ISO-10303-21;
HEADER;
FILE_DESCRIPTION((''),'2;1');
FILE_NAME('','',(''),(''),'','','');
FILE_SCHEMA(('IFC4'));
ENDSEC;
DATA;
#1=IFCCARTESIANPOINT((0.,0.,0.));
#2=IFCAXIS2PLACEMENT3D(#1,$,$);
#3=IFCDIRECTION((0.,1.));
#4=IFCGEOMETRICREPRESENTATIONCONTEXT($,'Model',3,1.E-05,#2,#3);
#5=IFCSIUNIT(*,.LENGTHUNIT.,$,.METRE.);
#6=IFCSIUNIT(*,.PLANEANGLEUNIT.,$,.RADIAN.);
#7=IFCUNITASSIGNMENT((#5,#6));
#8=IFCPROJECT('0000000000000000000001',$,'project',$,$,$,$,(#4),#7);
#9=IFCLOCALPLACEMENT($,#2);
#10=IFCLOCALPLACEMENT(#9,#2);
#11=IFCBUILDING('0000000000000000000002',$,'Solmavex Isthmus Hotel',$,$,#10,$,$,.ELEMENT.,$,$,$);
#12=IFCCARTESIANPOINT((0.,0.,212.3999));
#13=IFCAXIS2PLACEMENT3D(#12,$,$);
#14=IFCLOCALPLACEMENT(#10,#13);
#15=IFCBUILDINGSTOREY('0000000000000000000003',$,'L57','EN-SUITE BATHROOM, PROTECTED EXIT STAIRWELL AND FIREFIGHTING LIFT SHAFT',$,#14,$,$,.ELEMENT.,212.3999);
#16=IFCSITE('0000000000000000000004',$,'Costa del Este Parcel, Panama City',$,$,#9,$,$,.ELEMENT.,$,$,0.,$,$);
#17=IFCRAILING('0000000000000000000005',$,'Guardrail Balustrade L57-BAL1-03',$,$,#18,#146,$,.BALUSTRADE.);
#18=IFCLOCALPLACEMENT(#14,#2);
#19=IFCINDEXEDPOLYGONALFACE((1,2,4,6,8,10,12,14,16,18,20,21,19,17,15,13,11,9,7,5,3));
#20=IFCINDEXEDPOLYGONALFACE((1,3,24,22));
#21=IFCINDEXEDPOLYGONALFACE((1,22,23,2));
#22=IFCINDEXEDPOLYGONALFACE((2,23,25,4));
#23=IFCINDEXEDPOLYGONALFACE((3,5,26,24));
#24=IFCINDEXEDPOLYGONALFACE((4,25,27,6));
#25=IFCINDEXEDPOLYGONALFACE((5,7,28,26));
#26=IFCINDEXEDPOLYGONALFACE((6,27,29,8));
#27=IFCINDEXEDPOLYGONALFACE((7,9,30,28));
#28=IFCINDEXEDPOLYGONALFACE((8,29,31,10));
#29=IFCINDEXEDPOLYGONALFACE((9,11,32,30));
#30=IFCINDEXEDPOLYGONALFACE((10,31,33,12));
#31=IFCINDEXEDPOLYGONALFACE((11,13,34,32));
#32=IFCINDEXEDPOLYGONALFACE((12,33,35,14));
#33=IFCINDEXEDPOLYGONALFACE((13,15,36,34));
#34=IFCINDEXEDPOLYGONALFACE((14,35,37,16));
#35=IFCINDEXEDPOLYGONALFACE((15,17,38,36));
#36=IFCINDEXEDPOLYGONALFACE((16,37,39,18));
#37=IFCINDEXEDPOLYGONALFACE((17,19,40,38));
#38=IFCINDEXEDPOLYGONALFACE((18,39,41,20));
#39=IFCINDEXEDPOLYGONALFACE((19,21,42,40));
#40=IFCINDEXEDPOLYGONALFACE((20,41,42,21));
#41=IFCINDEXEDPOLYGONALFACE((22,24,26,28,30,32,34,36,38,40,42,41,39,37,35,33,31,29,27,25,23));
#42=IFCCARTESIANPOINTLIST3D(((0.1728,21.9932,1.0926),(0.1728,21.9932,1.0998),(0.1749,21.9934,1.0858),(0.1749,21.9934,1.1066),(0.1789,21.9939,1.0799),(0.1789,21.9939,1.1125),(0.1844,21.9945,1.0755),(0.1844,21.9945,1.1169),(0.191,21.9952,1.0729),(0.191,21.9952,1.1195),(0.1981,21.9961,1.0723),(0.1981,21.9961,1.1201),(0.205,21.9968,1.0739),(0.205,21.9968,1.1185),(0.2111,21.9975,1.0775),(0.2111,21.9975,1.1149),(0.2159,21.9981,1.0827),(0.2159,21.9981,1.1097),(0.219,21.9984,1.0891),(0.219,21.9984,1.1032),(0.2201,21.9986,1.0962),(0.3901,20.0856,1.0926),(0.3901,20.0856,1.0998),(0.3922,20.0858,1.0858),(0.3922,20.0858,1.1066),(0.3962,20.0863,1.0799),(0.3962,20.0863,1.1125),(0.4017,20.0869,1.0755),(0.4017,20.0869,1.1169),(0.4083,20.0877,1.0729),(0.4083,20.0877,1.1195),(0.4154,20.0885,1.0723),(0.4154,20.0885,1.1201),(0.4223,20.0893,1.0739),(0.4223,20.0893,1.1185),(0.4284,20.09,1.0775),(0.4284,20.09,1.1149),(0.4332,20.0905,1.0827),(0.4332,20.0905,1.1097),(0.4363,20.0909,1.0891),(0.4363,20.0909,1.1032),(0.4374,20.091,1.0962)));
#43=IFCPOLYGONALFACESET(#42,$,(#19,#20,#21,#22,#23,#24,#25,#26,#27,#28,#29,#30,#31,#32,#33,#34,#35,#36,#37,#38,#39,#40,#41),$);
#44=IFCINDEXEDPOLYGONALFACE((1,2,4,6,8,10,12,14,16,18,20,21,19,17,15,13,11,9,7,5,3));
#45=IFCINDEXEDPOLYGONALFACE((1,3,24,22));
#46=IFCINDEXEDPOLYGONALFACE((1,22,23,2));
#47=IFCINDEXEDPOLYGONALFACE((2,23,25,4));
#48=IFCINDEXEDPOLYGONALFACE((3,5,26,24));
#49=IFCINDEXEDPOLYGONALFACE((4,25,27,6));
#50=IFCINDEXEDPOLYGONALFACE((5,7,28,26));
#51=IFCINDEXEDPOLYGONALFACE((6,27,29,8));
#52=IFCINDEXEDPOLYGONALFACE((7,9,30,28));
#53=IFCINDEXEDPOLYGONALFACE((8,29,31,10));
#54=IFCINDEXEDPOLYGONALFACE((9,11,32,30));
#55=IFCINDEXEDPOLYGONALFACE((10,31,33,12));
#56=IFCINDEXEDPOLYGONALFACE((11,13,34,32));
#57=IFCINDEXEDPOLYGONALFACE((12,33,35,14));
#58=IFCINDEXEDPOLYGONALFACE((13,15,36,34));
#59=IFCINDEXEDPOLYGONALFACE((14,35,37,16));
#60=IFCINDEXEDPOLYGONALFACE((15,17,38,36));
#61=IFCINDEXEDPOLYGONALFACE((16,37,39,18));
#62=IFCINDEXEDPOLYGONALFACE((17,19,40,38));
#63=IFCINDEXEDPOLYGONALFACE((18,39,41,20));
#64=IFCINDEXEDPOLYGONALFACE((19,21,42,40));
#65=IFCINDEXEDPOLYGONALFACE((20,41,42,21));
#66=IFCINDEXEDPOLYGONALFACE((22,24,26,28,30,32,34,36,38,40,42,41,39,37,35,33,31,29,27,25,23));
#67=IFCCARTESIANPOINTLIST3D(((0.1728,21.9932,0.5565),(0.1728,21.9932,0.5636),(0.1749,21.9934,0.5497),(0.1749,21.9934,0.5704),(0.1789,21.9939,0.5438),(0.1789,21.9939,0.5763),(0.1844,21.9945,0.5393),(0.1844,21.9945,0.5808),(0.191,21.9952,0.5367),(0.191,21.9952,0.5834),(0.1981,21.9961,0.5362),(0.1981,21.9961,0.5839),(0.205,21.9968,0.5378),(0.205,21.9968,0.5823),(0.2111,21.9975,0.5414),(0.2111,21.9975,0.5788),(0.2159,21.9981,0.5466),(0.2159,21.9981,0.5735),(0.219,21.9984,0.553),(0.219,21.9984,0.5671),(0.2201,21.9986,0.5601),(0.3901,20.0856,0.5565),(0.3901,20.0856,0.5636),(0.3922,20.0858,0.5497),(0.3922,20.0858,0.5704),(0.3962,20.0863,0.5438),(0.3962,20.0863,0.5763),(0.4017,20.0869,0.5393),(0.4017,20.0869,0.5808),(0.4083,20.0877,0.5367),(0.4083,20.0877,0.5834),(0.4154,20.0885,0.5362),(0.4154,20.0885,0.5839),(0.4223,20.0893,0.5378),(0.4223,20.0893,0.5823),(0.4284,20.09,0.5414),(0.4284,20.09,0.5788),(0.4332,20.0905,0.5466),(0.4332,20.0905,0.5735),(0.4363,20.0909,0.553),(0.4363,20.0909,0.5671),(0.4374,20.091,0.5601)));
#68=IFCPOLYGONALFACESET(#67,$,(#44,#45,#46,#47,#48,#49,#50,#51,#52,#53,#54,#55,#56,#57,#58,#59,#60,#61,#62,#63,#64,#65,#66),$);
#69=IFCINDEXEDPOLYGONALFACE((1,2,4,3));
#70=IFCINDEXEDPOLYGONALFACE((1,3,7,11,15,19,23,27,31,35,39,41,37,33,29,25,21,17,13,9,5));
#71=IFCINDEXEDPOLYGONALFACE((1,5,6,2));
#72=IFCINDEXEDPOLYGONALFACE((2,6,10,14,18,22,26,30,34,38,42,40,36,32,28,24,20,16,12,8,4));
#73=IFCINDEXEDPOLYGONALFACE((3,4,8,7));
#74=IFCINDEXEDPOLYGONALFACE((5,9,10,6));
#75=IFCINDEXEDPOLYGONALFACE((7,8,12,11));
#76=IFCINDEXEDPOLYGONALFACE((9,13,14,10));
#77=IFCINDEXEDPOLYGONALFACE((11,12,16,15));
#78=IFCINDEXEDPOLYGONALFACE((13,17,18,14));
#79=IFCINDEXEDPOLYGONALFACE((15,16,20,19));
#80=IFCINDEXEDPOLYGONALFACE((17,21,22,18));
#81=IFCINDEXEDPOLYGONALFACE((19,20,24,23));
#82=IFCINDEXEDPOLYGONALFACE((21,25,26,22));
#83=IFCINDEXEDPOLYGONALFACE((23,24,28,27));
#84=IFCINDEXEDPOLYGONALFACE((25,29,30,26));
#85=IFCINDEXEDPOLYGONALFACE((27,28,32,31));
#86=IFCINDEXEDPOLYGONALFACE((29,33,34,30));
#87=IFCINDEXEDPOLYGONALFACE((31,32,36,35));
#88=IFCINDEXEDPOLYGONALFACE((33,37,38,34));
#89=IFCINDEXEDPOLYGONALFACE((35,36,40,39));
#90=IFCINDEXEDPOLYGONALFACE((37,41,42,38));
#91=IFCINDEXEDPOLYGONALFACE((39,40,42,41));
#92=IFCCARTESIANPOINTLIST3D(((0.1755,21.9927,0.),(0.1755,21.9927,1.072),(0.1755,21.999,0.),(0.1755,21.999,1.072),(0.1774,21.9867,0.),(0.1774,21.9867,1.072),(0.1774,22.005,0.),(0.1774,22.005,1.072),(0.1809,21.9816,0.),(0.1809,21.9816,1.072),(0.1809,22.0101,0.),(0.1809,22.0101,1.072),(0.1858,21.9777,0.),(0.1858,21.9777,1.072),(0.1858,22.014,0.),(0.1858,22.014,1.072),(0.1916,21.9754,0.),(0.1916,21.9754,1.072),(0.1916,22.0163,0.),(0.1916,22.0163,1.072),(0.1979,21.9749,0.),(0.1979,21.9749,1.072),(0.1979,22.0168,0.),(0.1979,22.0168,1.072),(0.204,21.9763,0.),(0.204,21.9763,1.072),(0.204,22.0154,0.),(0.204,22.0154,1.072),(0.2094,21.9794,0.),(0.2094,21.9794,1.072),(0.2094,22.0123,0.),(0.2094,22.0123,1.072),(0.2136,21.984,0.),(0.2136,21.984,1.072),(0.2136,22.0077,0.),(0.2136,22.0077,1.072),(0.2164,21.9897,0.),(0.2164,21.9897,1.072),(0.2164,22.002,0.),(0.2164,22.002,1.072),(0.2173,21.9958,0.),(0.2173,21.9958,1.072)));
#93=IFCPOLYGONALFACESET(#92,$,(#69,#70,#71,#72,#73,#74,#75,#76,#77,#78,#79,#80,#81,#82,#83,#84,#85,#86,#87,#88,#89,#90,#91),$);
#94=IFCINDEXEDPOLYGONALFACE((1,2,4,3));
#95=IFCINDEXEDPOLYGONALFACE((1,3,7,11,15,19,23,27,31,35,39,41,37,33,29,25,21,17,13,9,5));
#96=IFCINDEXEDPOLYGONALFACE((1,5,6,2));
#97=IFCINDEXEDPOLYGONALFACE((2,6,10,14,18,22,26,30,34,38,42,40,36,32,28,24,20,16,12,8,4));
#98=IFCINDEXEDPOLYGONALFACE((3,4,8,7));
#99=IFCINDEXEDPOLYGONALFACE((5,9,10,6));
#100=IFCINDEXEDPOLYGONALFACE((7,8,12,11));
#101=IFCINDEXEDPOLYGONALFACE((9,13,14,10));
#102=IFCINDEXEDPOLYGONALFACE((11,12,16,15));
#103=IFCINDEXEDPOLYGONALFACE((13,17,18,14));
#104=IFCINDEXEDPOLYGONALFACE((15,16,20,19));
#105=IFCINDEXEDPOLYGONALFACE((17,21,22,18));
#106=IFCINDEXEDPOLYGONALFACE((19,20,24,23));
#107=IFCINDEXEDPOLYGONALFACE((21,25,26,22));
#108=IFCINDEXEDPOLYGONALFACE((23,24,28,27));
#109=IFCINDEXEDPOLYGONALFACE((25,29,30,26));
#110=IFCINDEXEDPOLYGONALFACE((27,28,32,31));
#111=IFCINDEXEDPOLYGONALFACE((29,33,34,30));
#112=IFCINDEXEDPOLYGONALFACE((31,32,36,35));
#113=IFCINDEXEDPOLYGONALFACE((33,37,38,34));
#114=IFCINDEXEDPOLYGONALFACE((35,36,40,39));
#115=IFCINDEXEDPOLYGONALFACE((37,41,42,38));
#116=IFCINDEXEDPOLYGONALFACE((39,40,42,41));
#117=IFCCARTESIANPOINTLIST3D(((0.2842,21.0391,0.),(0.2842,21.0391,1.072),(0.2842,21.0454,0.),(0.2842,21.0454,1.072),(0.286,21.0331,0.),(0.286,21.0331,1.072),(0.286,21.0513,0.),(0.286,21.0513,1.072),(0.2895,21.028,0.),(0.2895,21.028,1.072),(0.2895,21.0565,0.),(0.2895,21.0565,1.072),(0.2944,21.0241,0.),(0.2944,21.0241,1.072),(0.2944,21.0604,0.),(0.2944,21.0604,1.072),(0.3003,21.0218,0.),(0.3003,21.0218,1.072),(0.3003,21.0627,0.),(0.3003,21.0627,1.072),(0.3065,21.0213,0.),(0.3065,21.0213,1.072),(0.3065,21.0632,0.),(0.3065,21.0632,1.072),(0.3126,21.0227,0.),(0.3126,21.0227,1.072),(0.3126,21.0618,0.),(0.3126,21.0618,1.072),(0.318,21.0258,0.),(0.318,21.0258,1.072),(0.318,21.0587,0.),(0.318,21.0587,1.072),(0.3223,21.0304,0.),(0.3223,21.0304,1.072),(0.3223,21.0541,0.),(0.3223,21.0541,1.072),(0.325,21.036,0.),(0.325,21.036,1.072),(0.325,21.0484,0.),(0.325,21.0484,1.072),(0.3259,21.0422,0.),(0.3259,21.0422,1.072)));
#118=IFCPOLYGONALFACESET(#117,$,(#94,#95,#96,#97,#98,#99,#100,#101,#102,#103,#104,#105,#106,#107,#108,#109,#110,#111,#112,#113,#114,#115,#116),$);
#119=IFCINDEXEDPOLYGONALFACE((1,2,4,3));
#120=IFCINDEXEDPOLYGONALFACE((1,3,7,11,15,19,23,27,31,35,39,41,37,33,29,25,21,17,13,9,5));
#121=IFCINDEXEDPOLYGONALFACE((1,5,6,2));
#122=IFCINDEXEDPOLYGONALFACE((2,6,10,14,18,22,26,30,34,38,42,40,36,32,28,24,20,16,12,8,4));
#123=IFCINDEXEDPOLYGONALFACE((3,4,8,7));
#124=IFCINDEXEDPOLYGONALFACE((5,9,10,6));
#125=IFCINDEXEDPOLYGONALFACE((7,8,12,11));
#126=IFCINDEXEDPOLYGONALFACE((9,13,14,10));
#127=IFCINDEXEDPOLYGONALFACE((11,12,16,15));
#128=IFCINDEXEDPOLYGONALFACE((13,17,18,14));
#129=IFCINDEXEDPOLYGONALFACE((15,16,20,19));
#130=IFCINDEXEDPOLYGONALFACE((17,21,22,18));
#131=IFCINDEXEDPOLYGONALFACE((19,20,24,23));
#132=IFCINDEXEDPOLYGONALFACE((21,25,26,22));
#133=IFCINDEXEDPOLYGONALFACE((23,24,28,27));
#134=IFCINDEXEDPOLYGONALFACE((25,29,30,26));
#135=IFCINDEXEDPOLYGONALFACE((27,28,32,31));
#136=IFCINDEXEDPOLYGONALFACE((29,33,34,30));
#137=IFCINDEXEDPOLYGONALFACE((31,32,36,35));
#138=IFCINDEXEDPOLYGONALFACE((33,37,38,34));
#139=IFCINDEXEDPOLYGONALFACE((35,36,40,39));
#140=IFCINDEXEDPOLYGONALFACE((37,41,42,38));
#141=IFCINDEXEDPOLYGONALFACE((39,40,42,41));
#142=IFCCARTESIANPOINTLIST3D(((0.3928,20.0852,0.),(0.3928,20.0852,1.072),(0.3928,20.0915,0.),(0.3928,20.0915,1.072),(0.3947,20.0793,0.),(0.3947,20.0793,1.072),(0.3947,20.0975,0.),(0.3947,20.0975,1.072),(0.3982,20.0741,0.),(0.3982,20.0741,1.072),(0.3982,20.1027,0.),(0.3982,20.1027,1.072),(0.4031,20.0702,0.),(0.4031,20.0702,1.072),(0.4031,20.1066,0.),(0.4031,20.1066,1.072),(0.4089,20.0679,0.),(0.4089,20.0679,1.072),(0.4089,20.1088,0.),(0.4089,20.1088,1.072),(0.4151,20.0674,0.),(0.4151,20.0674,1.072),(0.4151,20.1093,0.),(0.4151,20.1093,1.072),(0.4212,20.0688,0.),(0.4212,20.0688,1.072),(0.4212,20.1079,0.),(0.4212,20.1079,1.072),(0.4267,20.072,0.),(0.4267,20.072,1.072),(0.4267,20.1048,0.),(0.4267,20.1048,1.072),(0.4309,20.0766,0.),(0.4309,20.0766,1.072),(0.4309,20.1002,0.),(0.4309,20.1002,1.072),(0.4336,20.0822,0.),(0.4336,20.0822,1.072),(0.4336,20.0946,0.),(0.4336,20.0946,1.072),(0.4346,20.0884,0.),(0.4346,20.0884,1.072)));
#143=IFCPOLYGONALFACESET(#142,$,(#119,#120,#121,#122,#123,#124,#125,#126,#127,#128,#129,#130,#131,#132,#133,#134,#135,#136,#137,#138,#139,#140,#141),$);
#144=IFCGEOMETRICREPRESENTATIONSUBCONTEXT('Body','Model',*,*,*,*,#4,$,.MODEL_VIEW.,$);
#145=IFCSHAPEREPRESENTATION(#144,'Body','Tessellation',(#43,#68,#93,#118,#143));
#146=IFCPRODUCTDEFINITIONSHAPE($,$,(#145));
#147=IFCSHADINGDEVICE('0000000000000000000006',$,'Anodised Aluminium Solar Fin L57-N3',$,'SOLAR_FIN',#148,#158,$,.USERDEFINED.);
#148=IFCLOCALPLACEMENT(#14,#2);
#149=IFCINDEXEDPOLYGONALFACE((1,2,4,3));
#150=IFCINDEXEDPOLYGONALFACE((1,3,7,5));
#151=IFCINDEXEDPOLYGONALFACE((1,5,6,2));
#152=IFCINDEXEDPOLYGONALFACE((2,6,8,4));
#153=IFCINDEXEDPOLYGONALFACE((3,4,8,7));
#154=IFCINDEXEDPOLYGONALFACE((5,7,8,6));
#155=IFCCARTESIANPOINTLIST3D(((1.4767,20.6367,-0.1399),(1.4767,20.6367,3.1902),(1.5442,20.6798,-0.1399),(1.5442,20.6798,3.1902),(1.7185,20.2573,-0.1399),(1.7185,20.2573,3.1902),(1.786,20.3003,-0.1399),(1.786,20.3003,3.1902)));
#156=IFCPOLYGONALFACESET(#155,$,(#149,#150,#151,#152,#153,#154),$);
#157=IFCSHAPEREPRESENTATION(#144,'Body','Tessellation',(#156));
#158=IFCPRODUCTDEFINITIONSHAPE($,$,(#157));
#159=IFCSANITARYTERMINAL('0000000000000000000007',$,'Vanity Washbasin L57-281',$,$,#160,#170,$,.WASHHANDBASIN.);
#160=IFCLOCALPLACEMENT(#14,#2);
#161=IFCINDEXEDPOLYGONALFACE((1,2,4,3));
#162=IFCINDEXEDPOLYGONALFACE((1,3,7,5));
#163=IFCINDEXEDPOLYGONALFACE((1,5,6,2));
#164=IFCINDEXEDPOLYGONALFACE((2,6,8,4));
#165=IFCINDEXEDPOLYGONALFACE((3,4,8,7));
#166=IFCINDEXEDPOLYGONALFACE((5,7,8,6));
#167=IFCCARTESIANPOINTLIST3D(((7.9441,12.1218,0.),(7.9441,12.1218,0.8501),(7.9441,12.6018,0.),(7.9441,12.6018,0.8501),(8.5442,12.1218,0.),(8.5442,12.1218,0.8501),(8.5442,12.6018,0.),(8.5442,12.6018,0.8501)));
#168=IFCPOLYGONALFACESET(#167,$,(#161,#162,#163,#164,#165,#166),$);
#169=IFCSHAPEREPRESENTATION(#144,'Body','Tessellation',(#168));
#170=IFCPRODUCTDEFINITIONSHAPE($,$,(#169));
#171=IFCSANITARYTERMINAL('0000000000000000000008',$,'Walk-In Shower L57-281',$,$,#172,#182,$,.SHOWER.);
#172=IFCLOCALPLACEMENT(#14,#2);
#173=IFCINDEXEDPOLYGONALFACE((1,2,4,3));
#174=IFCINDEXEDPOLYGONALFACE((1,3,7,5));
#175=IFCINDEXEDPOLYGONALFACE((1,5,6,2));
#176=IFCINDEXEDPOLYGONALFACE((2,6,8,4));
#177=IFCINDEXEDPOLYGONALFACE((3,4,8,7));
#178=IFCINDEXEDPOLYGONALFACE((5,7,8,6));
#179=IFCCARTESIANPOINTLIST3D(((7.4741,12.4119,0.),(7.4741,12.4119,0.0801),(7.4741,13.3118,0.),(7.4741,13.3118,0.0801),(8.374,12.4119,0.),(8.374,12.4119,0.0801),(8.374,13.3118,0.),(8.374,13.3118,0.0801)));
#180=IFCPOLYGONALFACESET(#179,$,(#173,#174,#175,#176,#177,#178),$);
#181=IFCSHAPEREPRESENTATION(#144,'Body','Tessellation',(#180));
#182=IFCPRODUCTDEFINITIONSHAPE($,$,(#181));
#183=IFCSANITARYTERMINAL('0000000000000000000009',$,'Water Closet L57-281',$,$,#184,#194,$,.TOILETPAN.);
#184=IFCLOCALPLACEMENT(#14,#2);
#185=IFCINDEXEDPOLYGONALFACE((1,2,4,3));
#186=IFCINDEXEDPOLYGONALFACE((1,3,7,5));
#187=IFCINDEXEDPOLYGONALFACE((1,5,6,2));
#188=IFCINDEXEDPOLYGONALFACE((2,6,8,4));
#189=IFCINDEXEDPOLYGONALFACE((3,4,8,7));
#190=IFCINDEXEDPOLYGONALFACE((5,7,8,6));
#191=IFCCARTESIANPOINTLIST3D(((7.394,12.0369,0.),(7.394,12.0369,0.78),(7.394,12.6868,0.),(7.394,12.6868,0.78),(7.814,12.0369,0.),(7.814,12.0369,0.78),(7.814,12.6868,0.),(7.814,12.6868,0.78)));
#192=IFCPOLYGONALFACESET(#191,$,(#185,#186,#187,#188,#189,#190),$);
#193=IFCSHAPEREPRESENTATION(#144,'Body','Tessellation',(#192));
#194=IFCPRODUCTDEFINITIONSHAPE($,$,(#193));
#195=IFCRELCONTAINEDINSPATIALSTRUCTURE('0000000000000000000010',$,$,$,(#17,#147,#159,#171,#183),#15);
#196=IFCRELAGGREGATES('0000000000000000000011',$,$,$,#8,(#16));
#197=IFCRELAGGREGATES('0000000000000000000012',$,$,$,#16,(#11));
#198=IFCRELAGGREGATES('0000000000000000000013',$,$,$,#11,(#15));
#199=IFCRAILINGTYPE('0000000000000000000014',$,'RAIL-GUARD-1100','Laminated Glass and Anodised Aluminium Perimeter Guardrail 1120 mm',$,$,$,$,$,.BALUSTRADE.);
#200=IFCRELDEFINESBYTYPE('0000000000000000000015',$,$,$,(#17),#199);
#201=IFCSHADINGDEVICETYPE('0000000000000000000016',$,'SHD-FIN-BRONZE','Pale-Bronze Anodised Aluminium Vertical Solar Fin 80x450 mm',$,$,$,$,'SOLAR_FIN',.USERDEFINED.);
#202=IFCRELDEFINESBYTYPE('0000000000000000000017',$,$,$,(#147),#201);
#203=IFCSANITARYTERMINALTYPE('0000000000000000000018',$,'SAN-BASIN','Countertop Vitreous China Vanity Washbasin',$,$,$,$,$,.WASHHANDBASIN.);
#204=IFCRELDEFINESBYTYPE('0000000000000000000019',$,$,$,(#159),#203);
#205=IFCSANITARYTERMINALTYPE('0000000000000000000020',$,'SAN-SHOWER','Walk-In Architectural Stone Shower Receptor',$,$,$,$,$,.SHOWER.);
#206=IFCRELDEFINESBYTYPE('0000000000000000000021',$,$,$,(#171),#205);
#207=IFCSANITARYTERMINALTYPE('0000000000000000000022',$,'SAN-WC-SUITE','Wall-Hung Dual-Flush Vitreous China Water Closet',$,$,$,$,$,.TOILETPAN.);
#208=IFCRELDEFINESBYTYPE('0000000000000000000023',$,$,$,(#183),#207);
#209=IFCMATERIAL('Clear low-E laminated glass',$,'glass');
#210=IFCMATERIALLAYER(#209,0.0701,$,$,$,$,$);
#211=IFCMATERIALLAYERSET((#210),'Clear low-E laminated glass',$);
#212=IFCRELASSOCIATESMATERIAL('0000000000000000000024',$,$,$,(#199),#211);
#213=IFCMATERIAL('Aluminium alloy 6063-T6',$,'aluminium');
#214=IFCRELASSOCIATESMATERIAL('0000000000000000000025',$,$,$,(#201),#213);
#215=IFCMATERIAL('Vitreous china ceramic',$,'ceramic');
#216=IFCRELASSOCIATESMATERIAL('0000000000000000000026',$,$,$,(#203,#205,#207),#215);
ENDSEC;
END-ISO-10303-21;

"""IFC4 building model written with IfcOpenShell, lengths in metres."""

from ifc_helpers import new_model, si_unit, direction, frame, origin, origin_2d, place, context, subcontext, project, spatial, rectangle, circle, extrude, material, layer, layer_set, type_object, element, save


model = new_model("IFC4")

# Units and contexts
model_context = context("Model", 3, precision=1e-05, world=origin(), true_north=direction((0.0, 1.0)))
body_context = subcontext(model_context, "Body", "Model", "MODEL_VIEW")
ifc_project = project(units=[si_unit("LENGTHUNIT", "METRE"), si_unit("PLANEANGLEUNIT", "RADIAN")], contexts=[model_context])

# Site, building, storey
site_placement = place(None, origin())
site = spatial("IfcSite", under=ifc_project, at=site_placement, Name="Costa del Este Parcel, Panama City", CompositionType="ELEMENT", RefElevation=0.0)
building_placement = place(site_placement, origin())
building = spatial("IfcBuilding", under=site, at=building_placement, Name="Solmavex Isthmus Hotel", CompositionType="ELEMENT")
storey_placement = place(building_placement, frame((0.0, 0.0, 212.3999)))
storey = spatial("IfcBuildingStorey", under=building, at=storey_placement, Name="L57", Description="EN-SUITE BATHROOM, PROTECTED EXIT STAIRWELL AND FIREFIGHTING LIFT SHAFT", CompositionType="ELEMENT", Elevation=212.3999)

# Shared definitions
ifc_material_1 = material(Name="Aluminium alloy 6063-T6", Category="aluminium")
ifc_material_2 = material(Name="Clear low-E laminated glass", Category="glass")

# Railing
ifc_layer_1 = layer(ifc_material_2, 0.0701)
ifc_layer_set_1 = layer_set([ifc_layer_1], Name="Clear low-E laminated glass")
railing_type = type_object("IfcRailingType", Name="RAIL-GUARD-1100", Description="Laminated Glass and Anodised Aluminium Perimeter Guardrail 1120 mm", PredefinedType="BALUSTRADE", material=ifc_layer_set_1)
railing_placement = place(storey_placement, frame((0.1963, 21.9958, 0.0)))
element("IfcRailing", 1, at=railing_placement, inside=storey, type_object=railing_type, Name="Guardrail Balustrade L57-BAL1-03", PredefinedType="BALUSTRADE", context=body_context, shape_type="SweptSolid", body=[
    extrude(circle(Radius=0.0239, at=origin_2d()), frame((0.0, 0.0, 1.0962), z_axis=(0.113181, -0.993574, 0.0), x_axis=(0.993574, 0.113181, 0.0)), (0.0, 0.0, 1.0), 1.9199),
    extrude(circle(Radius=0.0239, at=origin_2d()), frame((0.0, 0.0, 0.5601), z_axis=(0.113181, -0.993574, 0.0), x_axis=(0.993574, 0.113181, 0.0)), (0.0, 0.0, 1.0), 1.9199),
    extrude(circle(Radius=0.021, at=origin_2d()), origin(), (0.0, 0.0, 1.0), 1.072),
    extrude(circle(Radius=0.021, at=origin_2d()), frame((0.1086, -0.9536, 0.0)), (0.0, 0.0, 1.0), 1.072),
    extrude(circle(Radius=0.021, at=origin_2d()), frame((0.2173, -1.9075, 0.0)), (0.0, 0.0, 1.0), 1.072),
])

# Shading device
shading_device_type = type_object("IfcShadingDeviceType", Name="SHD-FIN-BRONZE", Description="Pale-Bronze Anodised Aluminium Vertical Solar Fin 80x450 mm", ElementType="SOLAR_FIN", PredefinedType="USERDEFINED", material=ifc_material_1)
shading_device_placement = place(storey_placement, frame((1.6313, 20.4685, -0.1399), z_axis=(0.0, 0.0, 1.0), x_axis=(-0.5373, 0.843391, 0.0)))
element("IfcShadingDevice", 2, at=shading_device_placement, inside=storey, type_object=shading_device_type, Name="Anodised Aluminium Solar Fin L57-N3", ObjectType="SOLAR_FIN", PredefinedType="USERDEFINED", context=body_context, shape_type="SweptSolid", body=[
    extrude(rectangle(XDim=0.45, YDim=0.0801, at=origin_2d()), origin(), (0.0, 0.0, 1.0), 3.3301),
])

# Sanitary terminals
ifc_material_3 = material(Name="Vitreous china ceramic", Category="ceramic")
sanitary_terminal_type_1 = type_object("IfcSanitaryTerminalType", Name="SAN-BASIN", Description="Countertop Vitreous China Vanity Washbasin", PredefinedType="WASHHANDBASIN", material=ifc_material_3)
sanitary_terminal_1_placement = place(storey_placement, frame((8.2441, 12.3618, 0.0), z_axis=(0.0, 0.0, 1.0), x_axis=(1.0, 0.0, 0.0)))
element("IfcSanitaryTerminal", 3, at=sanitary_terminal_1_placement, inside=storey, type_object=sanitary_terminal_type_1, Name="Vanity Washbasin L57-281", PredefinedType="WASHHANDBASIN", context=body_context, shape_type="SweptSolid", body=[
    extrude(rectangle(XDim=0.6001, YDim=0.48, at=origin_2d()), origin(), (0.0, 0.0, 1.0), 0.8501),
])
sanitary_terminal_type_2 = type_object("IfcSanitaryTerminalType", Name="SAN-SHOWER", Description="Walk-In Architectural Stone Shower Receptor", PredefinedType="SHOWER", material=ifc_material_3)
sanitary_terminal_2_placement = place(storey_placement, frame((7.9241, 12.8618, 0.0), z_axis=(0.0, 0.0, 1.0), x_axis=(1.0, 0.0, 0.0)))
element("IfcSanitaryTerminal", 4, at=sanitary_terminal_2_placement, inside=storey, type_object=sanitary_terminal_type_2, Name="Walk-In Shower L57-281", PredefinedType="SHOWER", context=body_context, shape_type="SweptSolid", body=[
    extrude(rectangle(XDim=0.8999, YDim=0.8999, at=origin_2d()), origin(), (0.0, 0.0, 1.0), 0.0801),
])
sanitary_terminal_type_3 = type_object("IfcSanitaryTerminalType", Name="SAN-WC-SUITE", Description="Wall-Hung Dual-Flush Vitreous China Water Closet", PredefinedType="TOILETPAN", material=ifc_material_3)
sanitary_terminal_3_placement = place(storey_placement, frame((7.604, 12.3618, 0.0), z_axis=(0.0, 0.0, 1.0), x_axis=(1.0, 0.0, 0.0)))
element("IfcSanitaryTerminal", 5, at=sanitary_terminal_3_placement, inside=storey, type_object=sanitary_terminal_type_3, Name="Water Closet L57-281", PredefinedType="TOILETPAN", context=body_context, shape_type="SweptSolid", body=[
    extrude(rectangle(XDim=0.4199, YDim=0.6499, at=origin_2d()), origin(), (0.0, 0.0, 1.0), 0.78),
])

save(model, "model.ifc")
